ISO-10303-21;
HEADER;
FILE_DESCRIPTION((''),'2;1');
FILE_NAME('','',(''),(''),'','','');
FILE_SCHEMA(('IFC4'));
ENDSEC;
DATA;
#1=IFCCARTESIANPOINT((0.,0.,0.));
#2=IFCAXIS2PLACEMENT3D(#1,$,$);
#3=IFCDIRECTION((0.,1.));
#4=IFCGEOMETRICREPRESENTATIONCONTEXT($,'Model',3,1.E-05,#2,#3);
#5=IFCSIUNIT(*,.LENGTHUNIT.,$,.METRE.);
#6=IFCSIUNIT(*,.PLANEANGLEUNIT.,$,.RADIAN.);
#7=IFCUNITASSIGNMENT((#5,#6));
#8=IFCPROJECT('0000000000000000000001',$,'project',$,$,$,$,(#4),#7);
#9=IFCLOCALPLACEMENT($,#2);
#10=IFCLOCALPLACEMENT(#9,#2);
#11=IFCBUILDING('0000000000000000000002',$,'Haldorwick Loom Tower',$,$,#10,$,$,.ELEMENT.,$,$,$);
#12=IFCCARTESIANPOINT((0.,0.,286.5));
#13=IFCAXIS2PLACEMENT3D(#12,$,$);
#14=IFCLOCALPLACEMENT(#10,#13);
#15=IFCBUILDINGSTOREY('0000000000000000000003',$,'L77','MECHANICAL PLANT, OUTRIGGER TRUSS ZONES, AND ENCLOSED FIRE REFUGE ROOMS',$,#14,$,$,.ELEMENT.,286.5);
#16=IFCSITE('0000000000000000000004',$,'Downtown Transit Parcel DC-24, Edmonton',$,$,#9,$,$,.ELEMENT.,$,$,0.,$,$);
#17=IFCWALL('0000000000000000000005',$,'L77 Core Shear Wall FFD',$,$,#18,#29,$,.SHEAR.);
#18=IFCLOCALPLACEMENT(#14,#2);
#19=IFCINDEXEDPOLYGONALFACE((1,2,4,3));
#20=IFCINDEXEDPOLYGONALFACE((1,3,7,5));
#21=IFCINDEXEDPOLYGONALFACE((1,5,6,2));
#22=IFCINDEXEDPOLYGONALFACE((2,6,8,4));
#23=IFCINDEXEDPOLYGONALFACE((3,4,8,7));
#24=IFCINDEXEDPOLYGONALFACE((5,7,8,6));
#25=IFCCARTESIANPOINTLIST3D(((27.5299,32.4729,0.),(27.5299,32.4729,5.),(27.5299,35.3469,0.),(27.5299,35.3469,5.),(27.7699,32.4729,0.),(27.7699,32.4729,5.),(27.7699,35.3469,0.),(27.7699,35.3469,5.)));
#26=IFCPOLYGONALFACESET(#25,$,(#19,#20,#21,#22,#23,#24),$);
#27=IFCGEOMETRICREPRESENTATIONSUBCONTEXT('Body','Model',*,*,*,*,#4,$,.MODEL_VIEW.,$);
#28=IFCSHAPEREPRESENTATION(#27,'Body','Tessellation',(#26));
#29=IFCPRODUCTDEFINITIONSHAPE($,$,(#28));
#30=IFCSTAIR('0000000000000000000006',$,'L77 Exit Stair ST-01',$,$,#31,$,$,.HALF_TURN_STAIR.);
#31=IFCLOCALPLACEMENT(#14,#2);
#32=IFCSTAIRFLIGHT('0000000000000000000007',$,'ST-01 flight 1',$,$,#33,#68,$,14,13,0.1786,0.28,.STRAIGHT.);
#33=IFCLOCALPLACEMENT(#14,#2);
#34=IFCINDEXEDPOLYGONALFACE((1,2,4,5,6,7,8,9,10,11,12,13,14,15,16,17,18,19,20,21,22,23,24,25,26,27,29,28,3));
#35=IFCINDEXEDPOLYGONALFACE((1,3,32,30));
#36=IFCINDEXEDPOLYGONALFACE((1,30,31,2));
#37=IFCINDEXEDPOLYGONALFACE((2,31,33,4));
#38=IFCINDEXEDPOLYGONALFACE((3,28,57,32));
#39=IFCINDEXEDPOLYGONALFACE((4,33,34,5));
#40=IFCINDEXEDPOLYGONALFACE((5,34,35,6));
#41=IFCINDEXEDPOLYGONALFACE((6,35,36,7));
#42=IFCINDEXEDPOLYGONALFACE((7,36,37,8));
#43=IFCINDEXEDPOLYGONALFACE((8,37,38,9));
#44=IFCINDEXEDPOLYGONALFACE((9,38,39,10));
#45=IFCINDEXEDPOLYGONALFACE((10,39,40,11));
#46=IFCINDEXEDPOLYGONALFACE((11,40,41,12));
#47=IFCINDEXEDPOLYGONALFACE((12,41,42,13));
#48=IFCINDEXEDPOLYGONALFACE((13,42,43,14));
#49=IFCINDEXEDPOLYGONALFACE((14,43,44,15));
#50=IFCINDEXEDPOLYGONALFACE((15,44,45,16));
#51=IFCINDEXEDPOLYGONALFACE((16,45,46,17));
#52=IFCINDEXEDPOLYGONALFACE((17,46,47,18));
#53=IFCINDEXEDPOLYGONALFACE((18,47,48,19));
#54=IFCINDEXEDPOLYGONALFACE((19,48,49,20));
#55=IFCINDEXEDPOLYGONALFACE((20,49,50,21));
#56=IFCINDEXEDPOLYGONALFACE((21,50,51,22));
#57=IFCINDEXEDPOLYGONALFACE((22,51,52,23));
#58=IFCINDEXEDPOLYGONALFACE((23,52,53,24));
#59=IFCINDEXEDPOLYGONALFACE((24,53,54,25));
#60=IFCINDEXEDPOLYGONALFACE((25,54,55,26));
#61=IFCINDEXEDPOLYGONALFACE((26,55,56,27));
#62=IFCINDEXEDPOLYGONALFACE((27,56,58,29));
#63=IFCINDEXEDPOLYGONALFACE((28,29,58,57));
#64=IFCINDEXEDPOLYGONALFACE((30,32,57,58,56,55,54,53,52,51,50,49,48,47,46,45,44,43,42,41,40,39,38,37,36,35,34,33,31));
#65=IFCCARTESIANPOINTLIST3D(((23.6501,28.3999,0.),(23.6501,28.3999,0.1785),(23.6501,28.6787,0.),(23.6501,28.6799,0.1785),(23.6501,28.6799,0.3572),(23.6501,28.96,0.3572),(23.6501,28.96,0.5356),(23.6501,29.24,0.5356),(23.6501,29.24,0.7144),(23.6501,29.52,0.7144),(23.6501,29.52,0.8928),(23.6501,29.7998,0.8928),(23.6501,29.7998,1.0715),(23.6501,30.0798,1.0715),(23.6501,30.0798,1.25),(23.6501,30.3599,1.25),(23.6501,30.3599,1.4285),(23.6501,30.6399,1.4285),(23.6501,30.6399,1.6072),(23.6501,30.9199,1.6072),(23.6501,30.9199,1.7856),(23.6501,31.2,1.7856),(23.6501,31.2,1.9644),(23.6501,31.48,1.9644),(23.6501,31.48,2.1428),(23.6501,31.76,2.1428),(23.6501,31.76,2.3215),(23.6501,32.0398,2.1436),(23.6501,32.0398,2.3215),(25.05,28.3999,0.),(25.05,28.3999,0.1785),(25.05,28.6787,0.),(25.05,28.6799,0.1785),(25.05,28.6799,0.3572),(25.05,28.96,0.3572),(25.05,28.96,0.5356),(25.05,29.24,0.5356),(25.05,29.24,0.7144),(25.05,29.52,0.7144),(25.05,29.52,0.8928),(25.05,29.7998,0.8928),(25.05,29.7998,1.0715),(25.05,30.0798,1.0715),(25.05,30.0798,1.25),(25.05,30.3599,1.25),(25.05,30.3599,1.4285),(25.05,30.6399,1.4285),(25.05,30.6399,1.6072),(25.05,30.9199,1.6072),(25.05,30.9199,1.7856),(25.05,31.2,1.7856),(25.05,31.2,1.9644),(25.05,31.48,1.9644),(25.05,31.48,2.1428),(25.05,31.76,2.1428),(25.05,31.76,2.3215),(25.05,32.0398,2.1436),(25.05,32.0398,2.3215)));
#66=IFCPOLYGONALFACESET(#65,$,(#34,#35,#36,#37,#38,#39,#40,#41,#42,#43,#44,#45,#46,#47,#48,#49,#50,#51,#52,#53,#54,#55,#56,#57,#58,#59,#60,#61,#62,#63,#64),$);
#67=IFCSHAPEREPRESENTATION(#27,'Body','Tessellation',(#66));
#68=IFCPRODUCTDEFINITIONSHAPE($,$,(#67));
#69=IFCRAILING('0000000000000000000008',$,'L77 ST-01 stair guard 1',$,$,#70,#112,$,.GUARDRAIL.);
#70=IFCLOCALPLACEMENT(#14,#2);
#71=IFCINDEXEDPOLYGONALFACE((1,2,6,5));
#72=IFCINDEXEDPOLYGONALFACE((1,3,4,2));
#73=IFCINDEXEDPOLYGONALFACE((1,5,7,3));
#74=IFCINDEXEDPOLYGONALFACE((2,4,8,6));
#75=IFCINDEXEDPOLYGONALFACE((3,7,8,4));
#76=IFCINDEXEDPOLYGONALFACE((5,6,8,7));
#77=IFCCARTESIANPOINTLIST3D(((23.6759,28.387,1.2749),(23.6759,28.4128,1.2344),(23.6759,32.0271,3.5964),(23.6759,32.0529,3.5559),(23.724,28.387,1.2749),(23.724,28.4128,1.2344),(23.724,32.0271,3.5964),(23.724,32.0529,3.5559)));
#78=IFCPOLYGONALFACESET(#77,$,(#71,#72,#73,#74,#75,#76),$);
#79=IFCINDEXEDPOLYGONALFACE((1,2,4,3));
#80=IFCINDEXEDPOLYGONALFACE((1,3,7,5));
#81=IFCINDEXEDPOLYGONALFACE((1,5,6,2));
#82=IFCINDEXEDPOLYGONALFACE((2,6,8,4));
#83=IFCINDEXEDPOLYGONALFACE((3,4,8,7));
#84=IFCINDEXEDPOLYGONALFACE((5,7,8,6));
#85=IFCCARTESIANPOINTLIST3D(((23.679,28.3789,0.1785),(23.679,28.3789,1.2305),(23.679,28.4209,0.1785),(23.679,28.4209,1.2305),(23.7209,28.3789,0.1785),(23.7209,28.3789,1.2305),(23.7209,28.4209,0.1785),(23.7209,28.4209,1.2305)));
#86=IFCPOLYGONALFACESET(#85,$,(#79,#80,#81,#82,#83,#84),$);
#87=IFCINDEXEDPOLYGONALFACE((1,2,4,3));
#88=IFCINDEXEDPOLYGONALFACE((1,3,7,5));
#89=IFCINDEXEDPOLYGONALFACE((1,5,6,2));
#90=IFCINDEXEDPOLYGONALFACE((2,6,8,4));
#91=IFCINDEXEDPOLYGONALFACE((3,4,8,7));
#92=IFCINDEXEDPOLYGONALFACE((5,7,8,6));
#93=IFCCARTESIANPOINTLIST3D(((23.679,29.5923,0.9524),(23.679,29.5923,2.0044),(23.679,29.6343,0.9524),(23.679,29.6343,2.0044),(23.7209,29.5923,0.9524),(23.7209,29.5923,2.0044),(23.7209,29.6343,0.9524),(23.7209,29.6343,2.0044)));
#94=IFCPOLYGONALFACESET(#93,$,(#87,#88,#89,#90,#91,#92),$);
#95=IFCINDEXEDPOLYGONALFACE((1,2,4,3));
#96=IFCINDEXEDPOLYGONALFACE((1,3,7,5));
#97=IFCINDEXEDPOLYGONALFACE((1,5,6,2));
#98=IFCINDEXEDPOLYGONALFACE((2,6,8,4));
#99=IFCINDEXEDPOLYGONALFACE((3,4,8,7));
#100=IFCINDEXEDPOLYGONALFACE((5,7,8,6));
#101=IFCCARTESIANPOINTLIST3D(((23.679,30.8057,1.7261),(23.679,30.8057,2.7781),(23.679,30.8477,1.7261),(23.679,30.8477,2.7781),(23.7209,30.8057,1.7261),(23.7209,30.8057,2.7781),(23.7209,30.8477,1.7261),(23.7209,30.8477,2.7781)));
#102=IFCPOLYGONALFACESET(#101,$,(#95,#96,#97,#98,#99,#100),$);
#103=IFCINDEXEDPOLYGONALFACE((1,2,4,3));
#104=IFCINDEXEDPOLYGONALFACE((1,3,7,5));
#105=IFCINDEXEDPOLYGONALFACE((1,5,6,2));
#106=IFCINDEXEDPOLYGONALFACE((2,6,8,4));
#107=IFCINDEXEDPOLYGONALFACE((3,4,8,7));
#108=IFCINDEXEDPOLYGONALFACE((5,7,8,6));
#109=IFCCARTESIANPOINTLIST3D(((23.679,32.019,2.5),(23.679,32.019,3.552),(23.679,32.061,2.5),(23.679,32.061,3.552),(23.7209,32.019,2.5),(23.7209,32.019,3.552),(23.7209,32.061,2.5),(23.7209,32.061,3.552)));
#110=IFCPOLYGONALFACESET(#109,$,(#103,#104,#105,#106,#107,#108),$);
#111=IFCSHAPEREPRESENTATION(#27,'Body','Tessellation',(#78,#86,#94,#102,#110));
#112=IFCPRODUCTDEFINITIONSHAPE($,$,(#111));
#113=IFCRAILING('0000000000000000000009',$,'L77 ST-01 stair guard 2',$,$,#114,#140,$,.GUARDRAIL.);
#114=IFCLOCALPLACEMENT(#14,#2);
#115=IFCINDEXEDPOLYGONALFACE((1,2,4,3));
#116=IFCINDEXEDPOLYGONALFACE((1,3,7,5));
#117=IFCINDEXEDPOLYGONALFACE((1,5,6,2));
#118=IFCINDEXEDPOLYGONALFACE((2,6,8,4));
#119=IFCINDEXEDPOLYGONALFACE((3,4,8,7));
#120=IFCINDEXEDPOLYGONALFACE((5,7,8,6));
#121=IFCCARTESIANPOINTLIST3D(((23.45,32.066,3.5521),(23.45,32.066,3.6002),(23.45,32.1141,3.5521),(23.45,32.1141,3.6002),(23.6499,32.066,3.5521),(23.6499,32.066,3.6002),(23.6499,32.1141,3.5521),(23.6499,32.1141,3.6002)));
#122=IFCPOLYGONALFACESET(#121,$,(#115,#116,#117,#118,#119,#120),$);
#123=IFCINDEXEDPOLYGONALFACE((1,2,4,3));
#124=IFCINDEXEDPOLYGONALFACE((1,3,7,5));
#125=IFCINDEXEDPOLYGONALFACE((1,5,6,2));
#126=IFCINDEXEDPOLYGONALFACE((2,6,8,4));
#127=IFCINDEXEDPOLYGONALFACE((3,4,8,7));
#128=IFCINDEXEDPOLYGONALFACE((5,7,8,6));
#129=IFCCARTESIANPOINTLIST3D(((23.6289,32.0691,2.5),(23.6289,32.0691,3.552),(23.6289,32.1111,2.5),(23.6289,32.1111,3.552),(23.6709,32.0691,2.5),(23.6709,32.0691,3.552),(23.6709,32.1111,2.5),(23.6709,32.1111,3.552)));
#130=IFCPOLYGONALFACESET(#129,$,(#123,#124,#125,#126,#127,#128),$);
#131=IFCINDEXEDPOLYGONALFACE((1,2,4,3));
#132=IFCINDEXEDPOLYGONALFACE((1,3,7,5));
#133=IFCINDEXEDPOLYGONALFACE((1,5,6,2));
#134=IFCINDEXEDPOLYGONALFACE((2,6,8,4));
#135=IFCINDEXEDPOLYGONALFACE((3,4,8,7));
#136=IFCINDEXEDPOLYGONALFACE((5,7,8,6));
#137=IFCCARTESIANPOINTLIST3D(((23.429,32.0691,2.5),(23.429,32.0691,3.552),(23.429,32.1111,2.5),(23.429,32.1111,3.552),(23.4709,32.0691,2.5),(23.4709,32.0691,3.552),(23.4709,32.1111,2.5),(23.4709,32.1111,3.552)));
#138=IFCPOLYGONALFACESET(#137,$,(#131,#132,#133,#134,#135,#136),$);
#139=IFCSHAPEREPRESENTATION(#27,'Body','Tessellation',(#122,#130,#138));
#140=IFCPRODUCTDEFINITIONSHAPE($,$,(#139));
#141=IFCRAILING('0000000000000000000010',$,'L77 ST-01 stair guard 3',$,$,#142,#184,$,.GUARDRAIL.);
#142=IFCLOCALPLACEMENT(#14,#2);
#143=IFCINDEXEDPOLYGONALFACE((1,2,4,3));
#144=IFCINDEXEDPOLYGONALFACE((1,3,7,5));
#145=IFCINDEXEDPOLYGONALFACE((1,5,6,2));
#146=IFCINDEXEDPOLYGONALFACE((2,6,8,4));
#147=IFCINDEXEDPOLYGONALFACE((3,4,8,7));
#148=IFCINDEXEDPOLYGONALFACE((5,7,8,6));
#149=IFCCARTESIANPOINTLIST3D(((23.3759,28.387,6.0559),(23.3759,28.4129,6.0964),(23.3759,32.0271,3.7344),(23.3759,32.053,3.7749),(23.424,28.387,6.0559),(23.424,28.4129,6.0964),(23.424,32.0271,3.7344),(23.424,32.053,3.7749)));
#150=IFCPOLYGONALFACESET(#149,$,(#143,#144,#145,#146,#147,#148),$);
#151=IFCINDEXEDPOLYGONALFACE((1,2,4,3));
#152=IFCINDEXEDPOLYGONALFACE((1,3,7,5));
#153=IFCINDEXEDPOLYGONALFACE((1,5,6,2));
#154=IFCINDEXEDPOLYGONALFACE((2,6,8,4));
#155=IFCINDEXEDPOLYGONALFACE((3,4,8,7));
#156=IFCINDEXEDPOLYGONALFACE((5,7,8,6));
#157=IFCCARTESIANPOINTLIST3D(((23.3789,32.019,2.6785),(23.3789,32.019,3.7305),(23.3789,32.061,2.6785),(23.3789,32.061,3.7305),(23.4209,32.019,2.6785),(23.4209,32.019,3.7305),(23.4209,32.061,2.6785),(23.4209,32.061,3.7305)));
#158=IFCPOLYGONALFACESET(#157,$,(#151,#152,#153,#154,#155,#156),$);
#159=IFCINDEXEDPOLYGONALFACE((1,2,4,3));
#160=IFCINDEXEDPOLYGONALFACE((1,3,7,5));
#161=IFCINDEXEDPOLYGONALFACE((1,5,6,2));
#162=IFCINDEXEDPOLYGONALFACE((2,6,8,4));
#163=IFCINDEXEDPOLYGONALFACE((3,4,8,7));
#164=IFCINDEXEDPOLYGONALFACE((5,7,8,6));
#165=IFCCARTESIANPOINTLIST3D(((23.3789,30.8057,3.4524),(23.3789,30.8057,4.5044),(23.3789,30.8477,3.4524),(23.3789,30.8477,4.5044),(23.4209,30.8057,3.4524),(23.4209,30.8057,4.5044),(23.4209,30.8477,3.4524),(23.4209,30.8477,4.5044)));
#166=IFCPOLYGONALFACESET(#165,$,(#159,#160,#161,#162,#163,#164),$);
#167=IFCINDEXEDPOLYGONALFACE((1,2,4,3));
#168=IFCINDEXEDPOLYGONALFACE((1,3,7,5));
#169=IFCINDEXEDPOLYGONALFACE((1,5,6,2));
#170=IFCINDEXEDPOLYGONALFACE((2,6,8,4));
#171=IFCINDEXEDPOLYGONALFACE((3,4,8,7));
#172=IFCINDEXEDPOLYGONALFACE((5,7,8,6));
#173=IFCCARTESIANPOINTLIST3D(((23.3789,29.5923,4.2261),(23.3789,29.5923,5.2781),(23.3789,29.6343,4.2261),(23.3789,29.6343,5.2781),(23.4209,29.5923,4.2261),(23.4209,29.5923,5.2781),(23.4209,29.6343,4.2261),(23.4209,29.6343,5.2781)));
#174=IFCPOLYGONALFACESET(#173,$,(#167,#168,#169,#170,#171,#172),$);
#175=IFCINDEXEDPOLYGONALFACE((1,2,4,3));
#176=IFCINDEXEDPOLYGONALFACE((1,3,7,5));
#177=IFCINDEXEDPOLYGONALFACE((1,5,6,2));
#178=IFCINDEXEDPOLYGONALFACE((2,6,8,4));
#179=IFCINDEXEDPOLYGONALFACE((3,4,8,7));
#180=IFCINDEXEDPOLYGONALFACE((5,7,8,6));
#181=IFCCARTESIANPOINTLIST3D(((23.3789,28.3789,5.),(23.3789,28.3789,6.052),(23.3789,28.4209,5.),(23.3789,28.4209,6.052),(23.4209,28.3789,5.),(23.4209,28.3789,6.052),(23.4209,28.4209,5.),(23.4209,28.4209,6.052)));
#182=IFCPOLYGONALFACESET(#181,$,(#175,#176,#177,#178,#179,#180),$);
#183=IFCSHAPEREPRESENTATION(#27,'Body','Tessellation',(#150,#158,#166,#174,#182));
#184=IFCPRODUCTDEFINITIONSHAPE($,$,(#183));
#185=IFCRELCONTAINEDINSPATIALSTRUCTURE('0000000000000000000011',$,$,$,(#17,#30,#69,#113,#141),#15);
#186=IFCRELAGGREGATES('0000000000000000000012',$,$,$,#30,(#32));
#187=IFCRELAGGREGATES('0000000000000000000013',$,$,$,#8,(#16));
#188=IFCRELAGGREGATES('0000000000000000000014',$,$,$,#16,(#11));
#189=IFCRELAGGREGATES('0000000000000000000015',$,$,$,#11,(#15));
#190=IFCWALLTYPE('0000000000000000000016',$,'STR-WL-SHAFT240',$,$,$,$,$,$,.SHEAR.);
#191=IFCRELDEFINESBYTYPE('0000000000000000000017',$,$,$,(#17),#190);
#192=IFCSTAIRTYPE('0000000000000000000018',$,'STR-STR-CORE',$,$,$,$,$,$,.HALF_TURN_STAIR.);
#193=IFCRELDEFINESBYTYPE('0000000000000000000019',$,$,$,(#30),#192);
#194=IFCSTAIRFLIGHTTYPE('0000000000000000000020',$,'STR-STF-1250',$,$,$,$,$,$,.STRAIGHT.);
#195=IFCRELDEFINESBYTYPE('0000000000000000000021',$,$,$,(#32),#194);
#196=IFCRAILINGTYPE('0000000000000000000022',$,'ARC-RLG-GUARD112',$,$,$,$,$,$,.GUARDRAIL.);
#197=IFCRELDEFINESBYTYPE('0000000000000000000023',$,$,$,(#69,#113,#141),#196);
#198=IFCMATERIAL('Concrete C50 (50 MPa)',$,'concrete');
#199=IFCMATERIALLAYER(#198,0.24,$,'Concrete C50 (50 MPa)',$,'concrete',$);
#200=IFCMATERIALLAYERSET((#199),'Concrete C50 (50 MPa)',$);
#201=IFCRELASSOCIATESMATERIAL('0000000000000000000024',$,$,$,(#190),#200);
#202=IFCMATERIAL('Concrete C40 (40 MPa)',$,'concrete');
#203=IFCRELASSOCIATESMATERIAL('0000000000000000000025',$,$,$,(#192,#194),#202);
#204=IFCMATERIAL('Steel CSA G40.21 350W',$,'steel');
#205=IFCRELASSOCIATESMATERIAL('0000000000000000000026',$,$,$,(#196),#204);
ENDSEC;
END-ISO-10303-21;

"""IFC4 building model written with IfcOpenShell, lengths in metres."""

from ifc_helpers import new_model, si_unit, direction, frame, frame_2d, origin, origin_2d, place, context, subcontext, project, spatial, polyline, rectangle, outline, extrude, material, layer, layer_set, type_object, element, aggregate, save


model = new_model("IFC4")

# Units and contexts
model_context = context("Model", 3, precision=1e-05, world=origin(), true_north=direction((0.0, 1.0)))
body_context = subcontext(model_context, "Body", "Model", "MODEL_VIEW")
ifc_project = project(units=[si_unit("LENGTHUNIT", "METRE"), si_unit("PLANEANGLEUNIT", "RADIAN")], contexts=[model_context])

# Site, building, storey
site_placement = place(None, origin())
site = spatial("IfcSite", under=ifc_project, at=site_placement, Name="Downtown Transit Parcel DC-24, Edmonton", CompositionType="ELEMENT", RefElevation=0.0)
building_placement = place(site_placement, origin())
building = spatial("IfcBuilding", under=site, at=building_placement, Name="Haldorwick Loom Tower", CompositionType="ELEMENT")
storey_placement = place(building_placement, frame((0.0, 0.0, 286.5)))
storey = spatial("IfcBuildingStorey", under=building, at=storey_placement, Name="L77", Description="MECHANICAL PLANT, OUTRIGGER TRUSS ZONES, AND ENCLOSED FIRE REFUGE ROOMS", CompositionType="ELEMENT", Elevation=286.5)

# Shared definitions
ifc_material_1 = material(Name="Steel CSA G40.21 350W", Category="steel")

# Shared definitions
ifc_material_2 = material(Name="Concrete C50 (50 MPa)", Category="concrete")
ifc_layer = layer(ifc_material_2, 0.24, Name="Concrete C50 (50 MPa)", Category="concrete")
ifc_layer_set = layer_set([ifc_layer], Name="Concrete C50 (50 MPa)")
wall_type = type_object("IfcWallType", Name="STR-WL-SHAFT240", PredefinedType="SHEAR", material=ifc_layer_set)

# Wall
wall_1_placement = place(storey_placement, frame((27.6499, 32.4729, 0.0), z_axis=(0.0, 0.0, 1.0), x_axis=(0.0, 1.0, 0.0)))
element("IfcWall", 1, at=wall_1_placement, inside=storey, type_object=wall_type, Name="L77 Core Shear Wall FFD", PredefinedType="SHEAR", context=body_context, shape_type="SweptSolid", body=[
    extrude(rectangle(XDim=2.874, YDim=0.24, at=frame_2d((1.437, 0.0))), origin(), (0.0, 0.0, 1.0), 5.0),
])

# Stair, stair flight
ifc_material_3 = material(Name="Concrete C40 (40 MPa)", Category="concrete")
stair_type = type_object("IfcStairType", Name="STR-STR-CORE", PredefinedType="HALF_TURN_STAIR", material=ifc_material_3)
stair_placement = place(storey_placement, origin())
stair = element("IfcStair", 2, at=stair_placement, inside=storey, type_object=stair_type, Name="L77 Exit Stair ST-01", PredefinedType="HALF_TURN_STAIR")
stair_flight_type = type_object("IfcStairFlightType", Name="STR-STF-1250", PredefinedType="STRAIGHT", material=ifc_material_3)
stair_flight_placement = place(storey_placement, frame((24.3501, 28.3999, 0.0), z_axis=(0.0, 0.0, 1.0), x_axis=(0.0, 1.0, 0.0)))
stair_flight = element("IfcStairFlight", 3, at=stair_flight_placement, type_object=stair_flight_type, Name="ST-01 flight 1", NumberOfRisers=14, NumberOfTreads=13, PredefinedType="STRAIGHT", RiserHeight=0.1786, TreadLength=0.28, context=body_context, shape_type="SweptSolid", body=[
    extrude(outline(polyline([(0.0, 0.0), (0.0, 0.1785), (0.28, 0.1785), (0.28, 0.3572), (0.5601, 0.3572), (0.5601, 0.5356), (0.8401, 0.5356), (0.8401, 0.7144), (1.1201, 0.7144), (1.1201, 0.8928), (1.3999, 0.8928), (1.3999, 1.0715), (1.6799, 1.0715), (1.6799, 1.25), (1.96, 1.25), (1.96, 1.4285), (2.24, 1.4285), (2.24, 1.6072), (2.52, 1.6072), (2.52, 1.7856), (2.8, 1.7856), (2.8, 1.9644), (3.0801, 1.9644), (3.0801, 2.1428), (3.3601, 2.1428), (3.3601, 2.3215), (3.6399, 2.3215), (3.6399, 2.5), (3.6399, 2.1436), (0.2788, 0.0), (0.0, 0.0)])), frame((0.0, 0.7, 0.0), z_axis=(0.0, -1.0, 0.0), x_axis=(1.0, 0.0, 0.0)), (0.0, 0.0, 1.0), 1.3999),
])
aggregate(stair, [stair_flight])

# Railings
railing_type_1 = type_object("IfcRailingType", Name="ARC-RLG-GUARD112", PredefinedType="GUARDRAIL", material=ifc_material_1)
railing_1_placement = place(storey_placement, frame((23.7, 28.3999, 0.1785)))
element("IfcRailing", 4, at=railing_1_placement, inside=storey, type_object=railing_type_1, Name="L77 ST-01 stair guard 1", PredefinedType="GUARDRAIL", context=body_context, shape_type="SweptSolid", body=[
    extrude(rectangle(XDim=0.0481, YDim=0.0481, at=origin_2d()), frame((0.0, 0.0, 1.0762), z_axis=(0.0, 0.843128, 0.537713), x_axis=(-1.0, 0.0, 0.0)), (0.0, 0.0, 1.0), 4.3174),
    extrude(rectangle(XDim=0.042, YDim=0.042, at=origin_2d()), origin(), (0.0, 0.0, 1.0), 1.052),
    extrude(rectangle(XDim=0.042, YDim=0.042, at=origin_2d()), frame((0.0, 1.2134, 0.7739)), (0.0, 0.0, 1.0), 1.052),
    extrude(rectangle(XDim=0.042, YDim=0.042, at=origin_2d()), frame((0.0, 2.4268, 1.5476)), (0.0, 0.0, 1.0), 1.052),
    extrude(rectangle(XDim=0.042, YDim=0.042, at=origin_2d()), frame((0.0, 3.6401, 2.3215)), (0.0, 0.0, 1.0), 1.052),
])
railing_2_placement = place(storey_placement, frame((23.6499, 32.0901, 2.5)))
element("IfcRailing", 5, at=railing_2_placement, inside=storey, type_object=railing_type_1, Name="L77 ST-01 stair guard 2", PredefinedType="GUARDRAIL", context=body_context, shape_type="SweptSolid", body=[
    extrude(rectangle(XDim=0.0481, YDim=0.0481, at=origin_2d()), frame((0.0, 0.0, 1.0762), z_axis=(-1.0, 0.0, 0.0), x_axis=(0.0, -1.0, 0.0)), (0.0, 0.0, 1.0), 0.2),
    extrude(rectangle(XDim=0.042, YDim=0.042, at=origin_2d()), origin(), (0.0, 0.0, 1.0), 1.052),
    extrude(rectangle(XDim=0.042, YDim=0.042, at=origin_2d()), frame((-0.2, 0.0, 0.0)), (0.0, 0.0, 1.0), 1.052),
])
railing_3_placement = place(storey_placement, frame((23.3999, 32.04, 2.6785)))
element("IfcRailing", 6, at=railing_3_placement, inside=storey, type_object=railing_type_1, Name="L77 ST-01 stair guard 3", PredefinedType="GUARDRAIL", context=body_context, shape_type="SweptSolid", body=[
    extrude(rectangle(XDim=0.0481, YDim=0.0481, at=origin_2d()), frame((0.0, 0.0, 1.0762), z_axis=(0.0, -0.843128, 0.537713), x_axis=(1.0, 0.0, 0.0)), (0.0, 0.0, 1.0), 4.3174),
    extrude(rectangle(XDim=0.042, YDim=0.042, at=origin_2d()), origin(), (0.0, 0.0, 1.0), 1.052),
    extrude(rectangle(XDim=0.042, YDim=0.042, at=origin_2d()), frame((0.0, -1.2134, 0.7739)), (0.0, 0.0, 1.0), 1.052),
    extrude(rectangle(XDim=0.042, YDim=0.042, at=origin_2d()), frame((0.0, -2.4268, 1.5476)), (0.0, 0.0, 1.0), 1.052),
    extrude(rectangle(XDim=0.042, YDim=0.042, at=origin_2d()), frame((0.0, -3.6401, 2.3215)), (0.0, 0.0, 1.0), 1.052),
])

save(model, "model.ifc")
